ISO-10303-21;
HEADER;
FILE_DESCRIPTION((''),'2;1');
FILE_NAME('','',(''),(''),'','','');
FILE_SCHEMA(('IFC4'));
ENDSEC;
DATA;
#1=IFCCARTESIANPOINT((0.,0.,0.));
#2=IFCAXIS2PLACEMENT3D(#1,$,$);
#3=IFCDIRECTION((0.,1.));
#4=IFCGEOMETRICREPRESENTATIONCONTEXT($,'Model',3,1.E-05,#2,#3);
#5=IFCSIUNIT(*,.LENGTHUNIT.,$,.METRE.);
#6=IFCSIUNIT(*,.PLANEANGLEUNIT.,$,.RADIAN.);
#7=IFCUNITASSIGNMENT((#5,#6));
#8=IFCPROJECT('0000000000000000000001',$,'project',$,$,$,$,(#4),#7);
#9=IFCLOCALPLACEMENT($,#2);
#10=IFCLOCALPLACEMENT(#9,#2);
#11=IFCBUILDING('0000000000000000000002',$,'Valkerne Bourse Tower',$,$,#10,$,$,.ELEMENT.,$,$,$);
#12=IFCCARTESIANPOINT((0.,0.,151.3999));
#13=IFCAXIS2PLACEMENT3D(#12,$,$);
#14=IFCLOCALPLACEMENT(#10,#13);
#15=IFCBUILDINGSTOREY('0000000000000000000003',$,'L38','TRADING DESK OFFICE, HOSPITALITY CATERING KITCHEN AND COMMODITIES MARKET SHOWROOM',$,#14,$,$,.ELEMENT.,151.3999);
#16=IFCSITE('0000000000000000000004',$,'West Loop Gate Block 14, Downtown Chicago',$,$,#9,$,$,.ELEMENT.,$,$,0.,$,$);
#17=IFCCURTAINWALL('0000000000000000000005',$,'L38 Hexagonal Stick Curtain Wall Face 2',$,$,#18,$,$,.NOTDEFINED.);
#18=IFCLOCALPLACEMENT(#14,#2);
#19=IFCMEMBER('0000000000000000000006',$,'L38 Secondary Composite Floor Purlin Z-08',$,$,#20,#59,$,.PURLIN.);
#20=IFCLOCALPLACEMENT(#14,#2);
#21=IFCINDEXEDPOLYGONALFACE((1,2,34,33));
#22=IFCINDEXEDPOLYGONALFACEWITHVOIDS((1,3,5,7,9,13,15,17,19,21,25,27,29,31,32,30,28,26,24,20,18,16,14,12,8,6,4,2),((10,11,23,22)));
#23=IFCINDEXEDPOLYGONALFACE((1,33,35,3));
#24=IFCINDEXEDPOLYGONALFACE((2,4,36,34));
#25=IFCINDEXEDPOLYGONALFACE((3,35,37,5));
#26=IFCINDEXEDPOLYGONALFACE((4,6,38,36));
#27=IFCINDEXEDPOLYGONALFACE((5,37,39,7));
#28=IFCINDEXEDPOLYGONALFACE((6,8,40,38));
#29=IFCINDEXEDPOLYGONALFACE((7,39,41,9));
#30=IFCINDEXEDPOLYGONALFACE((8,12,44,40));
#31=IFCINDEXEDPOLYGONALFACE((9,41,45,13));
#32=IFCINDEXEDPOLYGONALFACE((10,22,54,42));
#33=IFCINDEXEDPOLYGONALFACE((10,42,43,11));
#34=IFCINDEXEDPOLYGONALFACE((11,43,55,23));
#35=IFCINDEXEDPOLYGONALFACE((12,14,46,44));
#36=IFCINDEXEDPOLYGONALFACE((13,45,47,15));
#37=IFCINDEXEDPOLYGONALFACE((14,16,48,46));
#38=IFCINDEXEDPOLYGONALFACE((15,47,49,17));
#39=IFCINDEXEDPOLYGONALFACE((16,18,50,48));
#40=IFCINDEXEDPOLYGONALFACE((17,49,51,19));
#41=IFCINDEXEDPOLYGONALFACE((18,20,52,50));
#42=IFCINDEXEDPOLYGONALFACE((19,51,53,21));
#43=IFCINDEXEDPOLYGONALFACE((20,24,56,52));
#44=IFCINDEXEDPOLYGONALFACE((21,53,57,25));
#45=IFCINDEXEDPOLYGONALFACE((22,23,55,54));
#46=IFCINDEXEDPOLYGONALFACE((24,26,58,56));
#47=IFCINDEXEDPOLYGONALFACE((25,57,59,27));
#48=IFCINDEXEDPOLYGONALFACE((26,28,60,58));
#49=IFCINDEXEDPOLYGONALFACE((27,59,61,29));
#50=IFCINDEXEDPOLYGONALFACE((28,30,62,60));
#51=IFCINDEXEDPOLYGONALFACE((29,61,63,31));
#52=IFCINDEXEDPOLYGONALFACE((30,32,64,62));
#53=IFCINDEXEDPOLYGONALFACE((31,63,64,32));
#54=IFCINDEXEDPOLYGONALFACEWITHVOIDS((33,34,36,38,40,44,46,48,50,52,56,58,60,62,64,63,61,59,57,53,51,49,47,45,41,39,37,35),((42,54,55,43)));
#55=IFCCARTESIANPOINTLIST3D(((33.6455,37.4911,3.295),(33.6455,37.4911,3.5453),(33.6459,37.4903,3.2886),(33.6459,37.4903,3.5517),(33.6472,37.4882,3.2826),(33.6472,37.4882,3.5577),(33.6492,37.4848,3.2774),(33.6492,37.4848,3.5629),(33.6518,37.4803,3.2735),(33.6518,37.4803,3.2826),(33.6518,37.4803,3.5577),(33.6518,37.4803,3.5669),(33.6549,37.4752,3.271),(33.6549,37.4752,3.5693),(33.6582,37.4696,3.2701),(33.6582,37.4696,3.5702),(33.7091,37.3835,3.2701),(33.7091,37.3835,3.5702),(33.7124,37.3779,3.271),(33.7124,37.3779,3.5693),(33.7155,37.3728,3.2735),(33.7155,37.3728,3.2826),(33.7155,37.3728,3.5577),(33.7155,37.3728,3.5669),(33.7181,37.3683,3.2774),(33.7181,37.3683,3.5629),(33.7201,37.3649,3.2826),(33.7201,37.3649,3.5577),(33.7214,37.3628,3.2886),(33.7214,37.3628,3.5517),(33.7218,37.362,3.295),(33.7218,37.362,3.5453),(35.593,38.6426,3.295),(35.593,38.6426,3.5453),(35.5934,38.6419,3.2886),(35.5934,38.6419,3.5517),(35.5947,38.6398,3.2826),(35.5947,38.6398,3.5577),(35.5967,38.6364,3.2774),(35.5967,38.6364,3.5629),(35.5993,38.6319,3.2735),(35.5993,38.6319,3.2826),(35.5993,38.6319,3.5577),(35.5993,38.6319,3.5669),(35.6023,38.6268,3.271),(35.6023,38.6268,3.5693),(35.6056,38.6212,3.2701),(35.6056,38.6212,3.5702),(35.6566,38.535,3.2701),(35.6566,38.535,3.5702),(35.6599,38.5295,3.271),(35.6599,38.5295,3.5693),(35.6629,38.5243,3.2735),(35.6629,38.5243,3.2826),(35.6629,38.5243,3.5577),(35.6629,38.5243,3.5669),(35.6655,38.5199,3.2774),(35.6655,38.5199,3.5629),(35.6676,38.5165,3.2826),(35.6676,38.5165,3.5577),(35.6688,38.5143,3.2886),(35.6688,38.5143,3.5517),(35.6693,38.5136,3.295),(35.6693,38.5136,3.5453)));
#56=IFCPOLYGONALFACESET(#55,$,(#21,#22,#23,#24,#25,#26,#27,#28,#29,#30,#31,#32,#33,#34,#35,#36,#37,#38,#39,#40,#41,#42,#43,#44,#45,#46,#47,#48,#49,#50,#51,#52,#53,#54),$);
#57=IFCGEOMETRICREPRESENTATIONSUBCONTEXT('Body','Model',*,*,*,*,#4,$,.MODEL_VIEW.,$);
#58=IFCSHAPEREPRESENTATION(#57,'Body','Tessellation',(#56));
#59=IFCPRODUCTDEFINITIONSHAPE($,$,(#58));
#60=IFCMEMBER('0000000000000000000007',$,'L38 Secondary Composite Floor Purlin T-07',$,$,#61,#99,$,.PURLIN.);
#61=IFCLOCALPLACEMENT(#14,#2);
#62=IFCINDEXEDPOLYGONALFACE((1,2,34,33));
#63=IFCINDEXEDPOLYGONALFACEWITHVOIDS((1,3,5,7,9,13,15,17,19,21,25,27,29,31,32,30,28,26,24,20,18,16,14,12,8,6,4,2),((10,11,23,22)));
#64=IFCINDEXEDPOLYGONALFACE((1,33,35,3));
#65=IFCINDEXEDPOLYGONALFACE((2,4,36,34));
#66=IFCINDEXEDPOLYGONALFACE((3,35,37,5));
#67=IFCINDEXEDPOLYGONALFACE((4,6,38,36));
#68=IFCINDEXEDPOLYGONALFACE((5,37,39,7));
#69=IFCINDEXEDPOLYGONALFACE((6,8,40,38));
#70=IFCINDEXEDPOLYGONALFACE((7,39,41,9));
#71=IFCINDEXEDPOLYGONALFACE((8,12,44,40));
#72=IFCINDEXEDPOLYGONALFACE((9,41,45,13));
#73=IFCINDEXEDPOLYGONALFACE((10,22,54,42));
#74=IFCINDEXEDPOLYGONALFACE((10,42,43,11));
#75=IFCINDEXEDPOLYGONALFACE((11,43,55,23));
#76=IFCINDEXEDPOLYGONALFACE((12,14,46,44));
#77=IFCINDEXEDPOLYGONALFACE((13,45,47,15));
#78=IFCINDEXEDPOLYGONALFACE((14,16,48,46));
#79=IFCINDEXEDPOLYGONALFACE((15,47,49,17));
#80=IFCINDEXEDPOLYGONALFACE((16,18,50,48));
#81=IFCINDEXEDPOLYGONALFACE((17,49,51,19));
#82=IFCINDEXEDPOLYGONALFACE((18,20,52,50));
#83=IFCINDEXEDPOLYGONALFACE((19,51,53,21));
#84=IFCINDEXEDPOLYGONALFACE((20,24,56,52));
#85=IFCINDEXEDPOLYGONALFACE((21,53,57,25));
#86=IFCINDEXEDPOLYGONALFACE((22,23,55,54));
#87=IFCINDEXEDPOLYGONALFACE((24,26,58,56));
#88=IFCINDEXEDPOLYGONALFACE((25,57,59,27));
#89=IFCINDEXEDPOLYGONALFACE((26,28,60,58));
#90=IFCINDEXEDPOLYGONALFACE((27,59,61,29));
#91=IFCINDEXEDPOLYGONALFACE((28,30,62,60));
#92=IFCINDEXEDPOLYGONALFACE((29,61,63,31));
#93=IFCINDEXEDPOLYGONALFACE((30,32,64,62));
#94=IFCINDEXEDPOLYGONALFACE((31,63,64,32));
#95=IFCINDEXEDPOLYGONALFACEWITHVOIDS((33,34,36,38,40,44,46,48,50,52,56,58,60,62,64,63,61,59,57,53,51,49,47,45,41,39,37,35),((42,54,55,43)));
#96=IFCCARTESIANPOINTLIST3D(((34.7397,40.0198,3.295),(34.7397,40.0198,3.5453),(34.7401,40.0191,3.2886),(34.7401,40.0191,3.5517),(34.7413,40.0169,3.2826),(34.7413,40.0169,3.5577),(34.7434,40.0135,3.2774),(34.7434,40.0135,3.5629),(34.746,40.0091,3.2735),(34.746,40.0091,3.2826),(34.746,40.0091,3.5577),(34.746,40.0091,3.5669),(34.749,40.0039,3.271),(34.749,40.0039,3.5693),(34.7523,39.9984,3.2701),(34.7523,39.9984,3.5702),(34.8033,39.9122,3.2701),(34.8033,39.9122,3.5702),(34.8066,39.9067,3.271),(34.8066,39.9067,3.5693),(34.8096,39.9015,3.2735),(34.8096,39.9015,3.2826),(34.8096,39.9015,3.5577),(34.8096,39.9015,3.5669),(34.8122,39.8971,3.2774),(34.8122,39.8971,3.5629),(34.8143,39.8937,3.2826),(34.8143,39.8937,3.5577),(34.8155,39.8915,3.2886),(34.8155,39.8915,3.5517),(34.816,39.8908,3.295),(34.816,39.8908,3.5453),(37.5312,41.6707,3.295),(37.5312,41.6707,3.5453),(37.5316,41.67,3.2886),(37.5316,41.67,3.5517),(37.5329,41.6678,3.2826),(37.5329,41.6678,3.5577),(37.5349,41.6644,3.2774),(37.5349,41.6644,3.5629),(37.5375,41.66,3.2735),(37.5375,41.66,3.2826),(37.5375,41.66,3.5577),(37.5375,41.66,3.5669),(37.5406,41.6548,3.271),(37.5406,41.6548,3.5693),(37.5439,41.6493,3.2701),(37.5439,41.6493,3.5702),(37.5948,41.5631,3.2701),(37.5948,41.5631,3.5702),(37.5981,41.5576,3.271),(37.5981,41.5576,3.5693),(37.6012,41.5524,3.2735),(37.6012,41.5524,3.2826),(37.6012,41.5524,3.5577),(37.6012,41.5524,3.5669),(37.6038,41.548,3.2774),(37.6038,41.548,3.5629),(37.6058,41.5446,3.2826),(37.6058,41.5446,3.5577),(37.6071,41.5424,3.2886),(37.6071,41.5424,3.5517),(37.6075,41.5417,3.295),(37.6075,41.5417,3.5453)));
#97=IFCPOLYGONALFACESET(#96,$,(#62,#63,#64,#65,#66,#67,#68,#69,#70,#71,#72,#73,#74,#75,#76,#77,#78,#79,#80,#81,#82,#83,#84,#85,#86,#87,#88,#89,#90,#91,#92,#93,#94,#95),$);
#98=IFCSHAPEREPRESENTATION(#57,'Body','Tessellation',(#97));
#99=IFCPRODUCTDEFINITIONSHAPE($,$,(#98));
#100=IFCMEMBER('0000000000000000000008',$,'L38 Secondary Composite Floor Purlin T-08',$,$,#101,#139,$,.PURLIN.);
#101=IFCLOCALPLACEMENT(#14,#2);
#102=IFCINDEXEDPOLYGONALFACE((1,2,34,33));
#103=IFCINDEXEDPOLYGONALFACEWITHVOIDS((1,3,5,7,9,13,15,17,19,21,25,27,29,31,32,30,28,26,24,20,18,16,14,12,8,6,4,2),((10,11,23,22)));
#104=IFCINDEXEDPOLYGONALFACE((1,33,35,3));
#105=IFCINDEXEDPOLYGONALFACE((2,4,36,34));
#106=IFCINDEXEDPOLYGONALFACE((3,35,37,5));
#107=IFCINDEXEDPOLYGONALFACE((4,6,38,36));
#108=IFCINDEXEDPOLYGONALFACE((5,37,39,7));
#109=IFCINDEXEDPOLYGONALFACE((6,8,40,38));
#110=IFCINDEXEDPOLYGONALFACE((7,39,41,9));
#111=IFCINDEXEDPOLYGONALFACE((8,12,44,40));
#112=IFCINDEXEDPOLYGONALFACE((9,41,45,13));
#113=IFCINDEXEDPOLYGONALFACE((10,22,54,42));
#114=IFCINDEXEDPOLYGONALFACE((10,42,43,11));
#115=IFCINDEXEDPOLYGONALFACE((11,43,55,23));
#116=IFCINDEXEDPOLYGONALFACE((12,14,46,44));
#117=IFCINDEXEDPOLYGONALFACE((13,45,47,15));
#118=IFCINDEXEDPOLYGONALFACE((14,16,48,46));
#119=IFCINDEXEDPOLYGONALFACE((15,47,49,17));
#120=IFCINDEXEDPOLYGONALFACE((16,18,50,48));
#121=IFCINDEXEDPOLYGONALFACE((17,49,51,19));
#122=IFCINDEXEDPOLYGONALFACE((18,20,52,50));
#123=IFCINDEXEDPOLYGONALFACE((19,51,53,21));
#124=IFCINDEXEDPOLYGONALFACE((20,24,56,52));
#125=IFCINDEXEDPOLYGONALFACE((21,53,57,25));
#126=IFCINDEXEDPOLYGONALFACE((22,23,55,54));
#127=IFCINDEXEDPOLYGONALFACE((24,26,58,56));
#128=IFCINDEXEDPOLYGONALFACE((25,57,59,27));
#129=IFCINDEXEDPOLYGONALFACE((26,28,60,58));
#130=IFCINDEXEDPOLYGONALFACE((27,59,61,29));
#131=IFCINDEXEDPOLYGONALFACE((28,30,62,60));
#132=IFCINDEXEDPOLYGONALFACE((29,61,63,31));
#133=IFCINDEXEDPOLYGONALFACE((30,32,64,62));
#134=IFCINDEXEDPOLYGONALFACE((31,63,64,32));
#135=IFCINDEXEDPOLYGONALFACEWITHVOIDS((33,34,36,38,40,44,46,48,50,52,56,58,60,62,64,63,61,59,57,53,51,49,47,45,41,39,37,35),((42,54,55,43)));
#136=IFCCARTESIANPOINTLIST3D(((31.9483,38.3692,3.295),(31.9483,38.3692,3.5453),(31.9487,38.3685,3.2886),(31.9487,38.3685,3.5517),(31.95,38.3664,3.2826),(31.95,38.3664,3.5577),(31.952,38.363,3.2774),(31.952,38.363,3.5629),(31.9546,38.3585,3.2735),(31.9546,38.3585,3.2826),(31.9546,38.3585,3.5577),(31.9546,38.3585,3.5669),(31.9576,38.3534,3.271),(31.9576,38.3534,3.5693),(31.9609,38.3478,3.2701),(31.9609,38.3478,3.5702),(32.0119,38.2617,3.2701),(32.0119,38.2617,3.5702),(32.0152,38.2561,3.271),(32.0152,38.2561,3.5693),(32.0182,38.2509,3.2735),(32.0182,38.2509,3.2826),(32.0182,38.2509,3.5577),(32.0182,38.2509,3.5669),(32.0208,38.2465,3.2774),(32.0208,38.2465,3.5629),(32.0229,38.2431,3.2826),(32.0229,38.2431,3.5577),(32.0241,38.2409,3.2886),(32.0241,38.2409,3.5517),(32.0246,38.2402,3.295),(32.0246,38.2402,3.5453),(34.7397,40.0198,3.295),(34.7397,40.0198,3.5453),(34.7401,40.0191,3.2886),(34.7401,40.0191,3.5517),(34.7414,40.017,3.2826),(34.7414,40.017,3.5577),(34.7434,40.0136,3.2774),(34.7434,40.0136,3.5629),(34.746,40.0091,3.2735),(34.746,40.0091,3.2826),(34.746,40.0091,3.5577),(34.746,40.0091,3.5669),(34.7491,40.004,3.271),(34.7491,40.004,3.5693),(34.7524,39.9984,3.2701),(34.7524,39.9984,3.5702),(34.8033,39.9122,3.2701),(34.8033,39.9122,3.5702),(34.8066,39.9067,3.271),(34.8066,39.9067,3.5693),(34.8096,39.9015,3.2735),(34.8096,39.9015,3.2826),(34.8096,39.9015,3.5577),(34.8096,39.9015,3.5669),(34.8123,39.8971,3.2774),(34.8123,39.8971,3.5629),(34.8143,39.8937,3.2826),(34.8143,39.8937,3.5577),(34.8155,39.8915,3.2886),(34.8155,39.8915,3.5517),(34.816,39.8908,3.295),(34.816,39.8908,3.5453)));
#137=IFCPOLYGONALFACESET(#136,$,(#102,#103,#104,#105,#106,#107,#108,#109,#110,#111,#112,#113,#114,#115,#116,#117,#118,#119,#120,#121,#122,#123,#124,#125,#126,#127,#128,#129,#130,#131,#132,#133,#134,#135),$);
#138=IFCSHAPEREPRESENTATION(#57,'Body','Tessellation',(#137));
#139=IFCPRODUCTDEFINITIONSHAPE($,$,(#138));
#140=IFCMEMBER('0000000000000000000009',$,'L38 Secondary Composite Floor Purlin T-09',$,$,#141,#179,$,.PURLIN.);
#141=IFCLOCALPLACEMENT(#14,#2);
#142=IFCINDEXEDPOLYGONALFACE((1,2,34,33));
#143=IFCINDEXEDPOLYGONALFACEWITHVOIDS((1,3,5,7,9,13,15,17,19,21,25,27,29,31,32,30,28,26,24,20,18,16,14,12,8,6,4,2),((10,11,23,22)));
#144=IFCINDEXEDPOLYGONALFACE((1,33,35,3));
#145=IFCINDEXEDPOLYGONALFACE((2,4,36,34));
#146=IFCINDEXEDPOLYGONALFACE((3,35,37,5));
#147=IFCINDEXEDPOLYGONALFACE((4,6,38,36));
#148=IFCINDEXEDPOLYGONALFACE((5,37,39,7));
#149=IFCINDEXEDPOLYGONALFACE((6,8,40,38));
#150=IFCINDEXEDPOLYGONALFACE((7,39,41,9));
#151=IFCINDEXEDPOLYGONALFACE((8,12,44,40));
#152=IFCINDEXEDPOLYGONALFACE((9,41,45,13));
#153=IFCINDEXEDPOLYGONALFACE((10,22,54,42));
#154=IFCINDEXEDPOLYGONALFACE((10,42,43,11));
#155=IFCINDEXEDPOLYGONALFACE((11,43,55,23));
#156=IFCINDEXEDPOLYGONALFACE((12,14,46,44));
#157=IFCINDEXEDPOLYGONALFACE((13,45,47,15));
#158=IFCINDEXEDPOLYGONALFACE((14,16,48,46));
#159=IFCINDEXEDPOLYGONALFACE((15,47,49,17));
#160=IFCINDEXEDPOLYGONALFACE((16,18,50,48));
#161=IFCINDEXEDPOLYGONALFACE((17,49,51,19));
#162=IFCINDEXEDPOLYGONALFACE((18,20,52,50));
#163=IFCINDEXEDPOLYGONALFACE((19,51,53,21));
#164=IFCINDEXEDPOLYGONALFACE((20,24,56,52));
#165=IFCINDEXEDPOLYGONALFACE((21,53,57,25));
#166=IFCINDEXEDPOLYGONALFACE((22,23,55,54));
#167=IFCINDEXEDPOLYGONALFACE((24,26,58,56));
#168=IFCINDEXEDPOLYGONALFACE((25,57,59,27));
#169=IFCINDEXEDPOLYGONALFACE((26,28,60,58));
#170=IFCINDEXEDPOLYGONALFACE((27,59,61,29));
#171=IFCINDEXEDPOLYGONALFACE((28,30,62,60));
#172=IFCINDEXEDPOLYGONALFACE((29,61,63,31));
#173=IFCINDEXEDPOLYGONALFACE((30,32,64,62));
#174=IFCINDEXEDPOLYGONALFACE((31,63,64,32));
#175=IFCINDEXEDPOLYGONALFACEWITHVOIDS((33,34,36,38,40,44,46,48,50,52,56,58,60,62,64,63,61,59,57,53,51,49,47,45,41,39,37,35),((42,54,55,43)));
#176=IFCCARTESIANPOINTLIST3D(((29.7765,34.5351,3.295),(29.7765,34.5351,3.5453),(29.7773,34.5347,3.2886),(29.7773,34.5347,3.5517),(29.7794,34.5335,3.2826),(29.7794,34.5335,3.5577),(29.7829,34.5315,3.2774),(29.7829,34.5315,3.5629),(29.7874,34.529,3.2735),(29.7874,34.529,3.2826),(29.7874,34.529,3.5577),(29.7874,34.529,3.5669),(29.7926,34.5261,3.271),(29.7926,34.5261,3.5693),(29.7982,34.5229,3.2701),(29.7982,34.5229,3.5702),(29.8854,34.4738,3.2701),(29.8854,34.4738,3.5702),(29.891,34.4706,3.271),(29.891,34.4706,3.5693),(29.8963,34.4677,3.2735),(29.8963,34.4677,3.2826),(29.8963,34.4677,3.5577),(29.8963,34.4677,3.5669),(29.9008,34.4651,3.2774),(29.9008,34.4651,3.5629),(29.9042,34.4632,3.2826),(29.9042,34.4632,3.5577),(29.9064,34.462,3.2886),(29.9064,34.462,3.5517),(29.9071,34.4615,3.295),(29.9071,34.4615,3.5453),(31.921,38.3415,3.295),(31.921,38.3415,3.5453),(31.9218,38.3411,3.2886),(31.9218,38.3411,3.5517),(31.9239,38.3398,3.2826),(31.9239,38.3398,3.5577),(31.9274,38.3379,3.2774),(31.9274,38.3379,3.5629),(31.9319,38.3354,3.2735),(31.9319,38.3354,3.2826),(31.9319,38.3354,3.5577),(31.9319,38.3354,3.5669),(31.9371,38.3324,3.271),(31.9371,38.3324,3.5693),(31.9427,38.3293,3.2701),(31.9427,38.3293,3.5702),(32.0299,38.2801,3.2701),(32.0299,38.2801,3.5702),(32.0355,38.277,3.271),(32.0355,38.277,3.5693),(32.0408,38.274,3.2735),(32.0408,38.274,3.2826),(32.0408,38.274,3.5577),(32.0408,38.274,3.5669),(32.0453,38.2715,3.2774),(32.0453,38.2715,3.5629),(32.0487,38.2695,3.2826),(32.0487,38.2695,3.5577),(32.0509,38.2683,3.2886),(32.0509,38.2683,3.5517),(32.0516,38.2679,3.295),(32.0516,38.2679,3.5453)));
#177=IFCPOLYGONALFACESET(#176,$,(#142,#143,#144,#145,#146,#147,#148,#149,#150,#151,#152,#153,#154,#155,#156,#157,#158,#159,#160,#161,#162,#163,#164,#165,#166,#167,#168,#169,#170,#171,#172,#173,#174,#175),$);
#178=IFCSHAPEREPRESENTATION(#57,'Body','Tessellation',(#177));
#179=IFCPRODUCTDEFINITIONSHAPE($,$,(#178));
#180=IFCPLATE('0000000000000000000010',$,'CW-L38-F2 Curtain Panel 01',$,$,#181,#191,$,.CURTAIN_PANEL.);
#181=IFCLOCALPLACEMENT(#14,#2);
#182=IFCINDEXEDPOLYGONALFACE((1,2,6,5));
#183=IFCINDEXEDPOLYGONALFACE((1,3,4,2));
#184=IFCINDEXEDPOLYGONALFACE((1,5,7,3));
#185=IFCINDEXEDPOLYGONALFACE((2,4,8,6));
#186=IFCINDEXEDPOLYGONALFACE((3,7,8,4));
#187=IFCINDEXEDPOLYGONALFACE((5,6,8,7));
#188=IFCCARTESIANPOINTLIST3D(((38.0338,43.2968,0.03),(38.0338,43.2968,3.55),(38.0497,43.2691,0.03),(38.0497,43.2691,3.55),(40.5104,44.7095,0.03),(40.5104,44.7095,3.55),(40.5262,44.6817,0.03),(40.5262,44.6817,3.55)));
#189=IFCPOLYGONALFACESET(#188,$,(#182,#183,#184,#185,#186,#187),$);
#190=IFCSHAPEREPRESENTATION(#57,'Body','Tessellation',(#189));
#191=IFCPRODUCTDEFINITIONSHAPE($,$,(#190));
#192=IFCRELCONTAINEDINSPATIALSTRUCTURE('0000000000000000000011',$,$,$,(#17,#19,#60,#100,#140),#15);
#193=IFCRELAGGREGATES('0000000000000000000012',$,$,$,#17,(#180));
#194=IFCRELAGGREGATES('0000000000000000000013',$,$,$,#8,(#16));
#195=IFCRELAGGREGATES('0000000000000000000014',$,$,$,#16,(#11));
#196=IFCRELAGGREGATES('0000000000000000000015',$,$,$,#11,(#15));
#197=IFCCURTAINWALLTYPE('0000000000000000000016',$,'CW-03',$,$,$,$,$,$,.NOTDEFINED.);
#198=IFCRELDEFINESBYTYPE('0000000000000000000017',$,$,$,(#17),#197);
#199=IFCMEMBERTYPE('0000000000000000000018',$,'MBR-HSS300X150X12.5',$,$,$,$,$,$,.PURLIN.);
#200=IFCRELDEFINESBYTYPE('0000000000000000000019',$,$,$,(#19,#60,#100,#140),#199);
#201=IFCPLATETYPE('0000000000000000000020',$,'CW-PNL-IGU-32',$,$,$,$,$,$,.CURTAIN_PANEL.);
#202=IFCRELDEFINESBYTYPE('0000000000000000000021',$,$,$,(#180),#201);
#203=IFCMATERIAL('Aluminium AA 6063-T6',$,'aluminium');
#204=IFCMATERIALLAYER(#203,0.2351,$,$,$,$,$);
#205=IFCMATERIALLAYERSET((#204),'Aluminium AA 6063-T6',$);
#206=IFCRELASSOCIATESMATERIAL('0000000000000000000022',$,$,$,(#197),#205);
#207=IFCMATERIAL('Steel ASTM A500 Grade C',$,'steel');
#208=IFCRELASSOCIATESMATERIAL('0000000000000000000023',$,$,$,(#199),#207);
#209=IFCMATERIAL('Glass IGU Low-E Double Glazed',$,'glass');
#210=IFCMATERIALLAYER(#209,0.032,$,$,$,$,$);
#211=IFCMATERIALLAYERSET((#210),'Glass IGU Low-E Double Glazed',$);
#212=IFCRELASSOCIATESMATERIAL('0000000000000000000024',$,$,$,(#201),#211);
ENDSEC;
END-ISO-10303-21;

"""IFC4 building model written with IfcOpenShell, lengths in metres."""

from ifc_helpers import new_model, si_unit, direction, frame, origin, origin_2d, place, context, subcontext, project, spatial, rectangle, hollow_rectangle, extrude, material, layer, layer_set, material_profile, profile_set, type_object, element, aggregate, save


model = new_model("IFC4")

# Units and contexts
model_context = context("Model", 3, precision=1e-05, world=origin(), true_north=direction((0.0, 1.0)))
body_context = subcontext(model_context, "Body", "Model", "MODEL_VIEW")
ifc_project = project(units=[si_unit("LENGTHUNIT", "METRE"), si_unit("PLANEANGLEUNIT", "RADIAN")], contexts=[model_context])

# Site, building, storey
site_placement = place(None, origin())
site = spatial("IfcSite", under=ifc_project, at=site_placement, Name="West Loop Gate Block 14, Downtown Chicago", CompositionType="ELEMENT", RefElevation=0.0)
building_placement = place(site_placement, origin())
building = spatial("IfcBuilding", under=site, at=building_placement, Name="Valkerne Bourse Tower", CompositionType="ELEMENT")
storey_placement = place(building_placement, frame((0.0, 0.0, 151.3999)))
storey = spatial("IfcBuildingStorey", under=building, at=storey_placement, Name="L38", Description="TRADING DESK OFFICE, HOSPITALITY CATERING KITCHEN AND COMMODITIES MARKET SHOWROOM", CompositionType="ELEMENT", Elevation=151.3999)

# Curtain wall
ifc_material_1 = material(Name="Aluminium AA 6063-T6", Category="aluminium")
ifc_layer_1 = layer(ifc_material_1, 0.2351)
ifc_layer_set_1 = layer_set([ifc_layer_1], Name="Aluminium AA 6063-T6")
curtain_wall_type = type_object("IfcCurtainWallType", Name="CW-03", PredefinedType="NOTDEFINED", material=ifc_layer_set_1)
curtain_wall_placement = place(storey_placement, origin())
curtain_wall = element("IfcCurtainWall", 1, at=curtain_wall_placement, inside=storey, type_object=curtain_wall_type, Name="L38 Hexagonal Stick Curtain Wall Face 2", PredefinedType="NOTDEFINED")

# Members
ifc_material_2 = material(Name="Steel ASTM A500 Grade C", Category="steel")
ifc_material_profile_1 = material_profile(ifc_material_2, hollow_rectangle(XDim=0.1499, YDim=0.3, WallThickness=0.0125, OuterFilletRadius=0.0249, at=origin_2d()), Name="HSS300X150X12.5")
ifc_profile_set_1 = profile_set([ifc_material_profile_1], Name="Steel ASTM A500 Grade C")
member_type_1 = type_object("IfcMemberType", Name="MBR-HSS300X150X12.5", PredefinedType="PURLIN", material=ifc_profile_set_1)
member_1_placement = place(storey_placement, frame((35.6311, 38.5781, 3.4202), z_axis=(-0.86077, -0.508995, 0.0), x_axis=(0.508995, -0.86077, 0.0)))
element("IfcMember", 2, at=member_1_placement, inside=storey, type_object=member_type_1, Name="L38 Secondary Composite Floor Purlin Z-08", PredefinedType="PURLIN", context=body_context, shape_type="SweptSolid", body=[
    extrude(hollow_rectangle(XDim=0.1499, YDim=0.3, WallThickness=0.0125, OuterFilletRadius=0.0249, at=origin_2d()), origin(), (0.0, 0.0, 1.0), 2.2625),
])
member_2_placement = place(storey_placement, frame((37.5693, 41.6062, 3.4202), z_axis=(-0.860744, -0.509039, 0.0), x_axis=(0.509039, -0.860744, 0.0)))
element("IfcMember", 3, at=member_2_placement, inside=storey, type_object=member_type_1, Name="L38 Secondary Composite Floor Purlin T-07", PredefinedType="PURLIN", context=body_context, shape_type="SweptSolid", body=[
    extrude(hollow_rectangle(XDim=0.1499, YDim=0.3, WallThickness=0.0125, OuterFilletRadius=0.0249, at=origin_2d()), origin(), (0.0, 0.0, 1.0), 3.2432),
])
member_3_placement = place(storey_placement, frame((34.7778, 39.9553, 3.4202), z_axis=(-0.860777, -0.508983, 0.0), x_axis=(0.508983, -0.860777, 0.0)))
element("IfcMember", 4, at=member_3_placement, inside=storey, type_object=member_type_1, Name="L38 Secondary Composite Floor Purlin T-08", PredefinedType="PURLIN", context=body_context, shape_type="SweptSolid", body=[
    extrude(hollow_rectangle(XDim=0.1499, YDim=0.3, WallThickness=0.0125, OuterFilletRadius=0.0249, at=origin_2d()), origin(), (0.0, 0.0, 1.0), 3.2429),
])
member_4_placement = place(storey_placement, frame((31.9863, 38.3047, 3.4202), z_axis=(-0.490858, -0.87124, 0.0), x_axis=(0.87124, -0.490858, 0.0)))
element("IfcMember", 5, at=member_4_placement, inside=storey, type_object=member_type_1, Name="L38 Secondary Composite Floor Purlin T-09", PredefinedType="PURLIN", context=body_context, shape_type="SweptSolid", body=[
    extrude(hollow_rectangle(XDim=0.1499, YDim=0.3, WallThickness=0.0125, OuterFilletRadius=0.0249, at=origin_2d()), origin(), (0.0, 0.0, 1.0), 4.3689),
])

# Plate
ifc_material_3 = material(Name="Glass IGU Low-E Double Glazed", Category="glass")
ifc_layer_2 = layer(ifc_material_3, 0.032)
ifc_layer_set_2 = layer_set([ifc_layer_2], Name="Glass IGU Low-E Double Glazed")
plate_type = type_object("IfcPlateType", Name="CW-PNL-IGU-32", PredefinedType="CURTAIN_PANEL", material=ifc_layer_set_2)
plate_1_placement = place(storey_placement, frame((39.28, 43.9893, 0.03), z_axis=(0.0, 0.0, 1.0), x_axis=(-0.868628, -0.495465, 0.0)))
plate_1 = element("IfcPlate", 6, at=plate_1_placement, type_object=plate_type, Name="CW-L38-F2 Curtain Panel 01", PredefinedType="CURTAIN_PANEL", context=body_context, shape_type="SweptSolid", body=[
    extrude(rectangle(XDim=2.8511, YDim=0.032, at=origin_2d()), origin(), (0.0, 0.0, 1.0), 3.52),
])
aggregate(curtain_wall, [plate_1])

save(model, "model.ifc")
